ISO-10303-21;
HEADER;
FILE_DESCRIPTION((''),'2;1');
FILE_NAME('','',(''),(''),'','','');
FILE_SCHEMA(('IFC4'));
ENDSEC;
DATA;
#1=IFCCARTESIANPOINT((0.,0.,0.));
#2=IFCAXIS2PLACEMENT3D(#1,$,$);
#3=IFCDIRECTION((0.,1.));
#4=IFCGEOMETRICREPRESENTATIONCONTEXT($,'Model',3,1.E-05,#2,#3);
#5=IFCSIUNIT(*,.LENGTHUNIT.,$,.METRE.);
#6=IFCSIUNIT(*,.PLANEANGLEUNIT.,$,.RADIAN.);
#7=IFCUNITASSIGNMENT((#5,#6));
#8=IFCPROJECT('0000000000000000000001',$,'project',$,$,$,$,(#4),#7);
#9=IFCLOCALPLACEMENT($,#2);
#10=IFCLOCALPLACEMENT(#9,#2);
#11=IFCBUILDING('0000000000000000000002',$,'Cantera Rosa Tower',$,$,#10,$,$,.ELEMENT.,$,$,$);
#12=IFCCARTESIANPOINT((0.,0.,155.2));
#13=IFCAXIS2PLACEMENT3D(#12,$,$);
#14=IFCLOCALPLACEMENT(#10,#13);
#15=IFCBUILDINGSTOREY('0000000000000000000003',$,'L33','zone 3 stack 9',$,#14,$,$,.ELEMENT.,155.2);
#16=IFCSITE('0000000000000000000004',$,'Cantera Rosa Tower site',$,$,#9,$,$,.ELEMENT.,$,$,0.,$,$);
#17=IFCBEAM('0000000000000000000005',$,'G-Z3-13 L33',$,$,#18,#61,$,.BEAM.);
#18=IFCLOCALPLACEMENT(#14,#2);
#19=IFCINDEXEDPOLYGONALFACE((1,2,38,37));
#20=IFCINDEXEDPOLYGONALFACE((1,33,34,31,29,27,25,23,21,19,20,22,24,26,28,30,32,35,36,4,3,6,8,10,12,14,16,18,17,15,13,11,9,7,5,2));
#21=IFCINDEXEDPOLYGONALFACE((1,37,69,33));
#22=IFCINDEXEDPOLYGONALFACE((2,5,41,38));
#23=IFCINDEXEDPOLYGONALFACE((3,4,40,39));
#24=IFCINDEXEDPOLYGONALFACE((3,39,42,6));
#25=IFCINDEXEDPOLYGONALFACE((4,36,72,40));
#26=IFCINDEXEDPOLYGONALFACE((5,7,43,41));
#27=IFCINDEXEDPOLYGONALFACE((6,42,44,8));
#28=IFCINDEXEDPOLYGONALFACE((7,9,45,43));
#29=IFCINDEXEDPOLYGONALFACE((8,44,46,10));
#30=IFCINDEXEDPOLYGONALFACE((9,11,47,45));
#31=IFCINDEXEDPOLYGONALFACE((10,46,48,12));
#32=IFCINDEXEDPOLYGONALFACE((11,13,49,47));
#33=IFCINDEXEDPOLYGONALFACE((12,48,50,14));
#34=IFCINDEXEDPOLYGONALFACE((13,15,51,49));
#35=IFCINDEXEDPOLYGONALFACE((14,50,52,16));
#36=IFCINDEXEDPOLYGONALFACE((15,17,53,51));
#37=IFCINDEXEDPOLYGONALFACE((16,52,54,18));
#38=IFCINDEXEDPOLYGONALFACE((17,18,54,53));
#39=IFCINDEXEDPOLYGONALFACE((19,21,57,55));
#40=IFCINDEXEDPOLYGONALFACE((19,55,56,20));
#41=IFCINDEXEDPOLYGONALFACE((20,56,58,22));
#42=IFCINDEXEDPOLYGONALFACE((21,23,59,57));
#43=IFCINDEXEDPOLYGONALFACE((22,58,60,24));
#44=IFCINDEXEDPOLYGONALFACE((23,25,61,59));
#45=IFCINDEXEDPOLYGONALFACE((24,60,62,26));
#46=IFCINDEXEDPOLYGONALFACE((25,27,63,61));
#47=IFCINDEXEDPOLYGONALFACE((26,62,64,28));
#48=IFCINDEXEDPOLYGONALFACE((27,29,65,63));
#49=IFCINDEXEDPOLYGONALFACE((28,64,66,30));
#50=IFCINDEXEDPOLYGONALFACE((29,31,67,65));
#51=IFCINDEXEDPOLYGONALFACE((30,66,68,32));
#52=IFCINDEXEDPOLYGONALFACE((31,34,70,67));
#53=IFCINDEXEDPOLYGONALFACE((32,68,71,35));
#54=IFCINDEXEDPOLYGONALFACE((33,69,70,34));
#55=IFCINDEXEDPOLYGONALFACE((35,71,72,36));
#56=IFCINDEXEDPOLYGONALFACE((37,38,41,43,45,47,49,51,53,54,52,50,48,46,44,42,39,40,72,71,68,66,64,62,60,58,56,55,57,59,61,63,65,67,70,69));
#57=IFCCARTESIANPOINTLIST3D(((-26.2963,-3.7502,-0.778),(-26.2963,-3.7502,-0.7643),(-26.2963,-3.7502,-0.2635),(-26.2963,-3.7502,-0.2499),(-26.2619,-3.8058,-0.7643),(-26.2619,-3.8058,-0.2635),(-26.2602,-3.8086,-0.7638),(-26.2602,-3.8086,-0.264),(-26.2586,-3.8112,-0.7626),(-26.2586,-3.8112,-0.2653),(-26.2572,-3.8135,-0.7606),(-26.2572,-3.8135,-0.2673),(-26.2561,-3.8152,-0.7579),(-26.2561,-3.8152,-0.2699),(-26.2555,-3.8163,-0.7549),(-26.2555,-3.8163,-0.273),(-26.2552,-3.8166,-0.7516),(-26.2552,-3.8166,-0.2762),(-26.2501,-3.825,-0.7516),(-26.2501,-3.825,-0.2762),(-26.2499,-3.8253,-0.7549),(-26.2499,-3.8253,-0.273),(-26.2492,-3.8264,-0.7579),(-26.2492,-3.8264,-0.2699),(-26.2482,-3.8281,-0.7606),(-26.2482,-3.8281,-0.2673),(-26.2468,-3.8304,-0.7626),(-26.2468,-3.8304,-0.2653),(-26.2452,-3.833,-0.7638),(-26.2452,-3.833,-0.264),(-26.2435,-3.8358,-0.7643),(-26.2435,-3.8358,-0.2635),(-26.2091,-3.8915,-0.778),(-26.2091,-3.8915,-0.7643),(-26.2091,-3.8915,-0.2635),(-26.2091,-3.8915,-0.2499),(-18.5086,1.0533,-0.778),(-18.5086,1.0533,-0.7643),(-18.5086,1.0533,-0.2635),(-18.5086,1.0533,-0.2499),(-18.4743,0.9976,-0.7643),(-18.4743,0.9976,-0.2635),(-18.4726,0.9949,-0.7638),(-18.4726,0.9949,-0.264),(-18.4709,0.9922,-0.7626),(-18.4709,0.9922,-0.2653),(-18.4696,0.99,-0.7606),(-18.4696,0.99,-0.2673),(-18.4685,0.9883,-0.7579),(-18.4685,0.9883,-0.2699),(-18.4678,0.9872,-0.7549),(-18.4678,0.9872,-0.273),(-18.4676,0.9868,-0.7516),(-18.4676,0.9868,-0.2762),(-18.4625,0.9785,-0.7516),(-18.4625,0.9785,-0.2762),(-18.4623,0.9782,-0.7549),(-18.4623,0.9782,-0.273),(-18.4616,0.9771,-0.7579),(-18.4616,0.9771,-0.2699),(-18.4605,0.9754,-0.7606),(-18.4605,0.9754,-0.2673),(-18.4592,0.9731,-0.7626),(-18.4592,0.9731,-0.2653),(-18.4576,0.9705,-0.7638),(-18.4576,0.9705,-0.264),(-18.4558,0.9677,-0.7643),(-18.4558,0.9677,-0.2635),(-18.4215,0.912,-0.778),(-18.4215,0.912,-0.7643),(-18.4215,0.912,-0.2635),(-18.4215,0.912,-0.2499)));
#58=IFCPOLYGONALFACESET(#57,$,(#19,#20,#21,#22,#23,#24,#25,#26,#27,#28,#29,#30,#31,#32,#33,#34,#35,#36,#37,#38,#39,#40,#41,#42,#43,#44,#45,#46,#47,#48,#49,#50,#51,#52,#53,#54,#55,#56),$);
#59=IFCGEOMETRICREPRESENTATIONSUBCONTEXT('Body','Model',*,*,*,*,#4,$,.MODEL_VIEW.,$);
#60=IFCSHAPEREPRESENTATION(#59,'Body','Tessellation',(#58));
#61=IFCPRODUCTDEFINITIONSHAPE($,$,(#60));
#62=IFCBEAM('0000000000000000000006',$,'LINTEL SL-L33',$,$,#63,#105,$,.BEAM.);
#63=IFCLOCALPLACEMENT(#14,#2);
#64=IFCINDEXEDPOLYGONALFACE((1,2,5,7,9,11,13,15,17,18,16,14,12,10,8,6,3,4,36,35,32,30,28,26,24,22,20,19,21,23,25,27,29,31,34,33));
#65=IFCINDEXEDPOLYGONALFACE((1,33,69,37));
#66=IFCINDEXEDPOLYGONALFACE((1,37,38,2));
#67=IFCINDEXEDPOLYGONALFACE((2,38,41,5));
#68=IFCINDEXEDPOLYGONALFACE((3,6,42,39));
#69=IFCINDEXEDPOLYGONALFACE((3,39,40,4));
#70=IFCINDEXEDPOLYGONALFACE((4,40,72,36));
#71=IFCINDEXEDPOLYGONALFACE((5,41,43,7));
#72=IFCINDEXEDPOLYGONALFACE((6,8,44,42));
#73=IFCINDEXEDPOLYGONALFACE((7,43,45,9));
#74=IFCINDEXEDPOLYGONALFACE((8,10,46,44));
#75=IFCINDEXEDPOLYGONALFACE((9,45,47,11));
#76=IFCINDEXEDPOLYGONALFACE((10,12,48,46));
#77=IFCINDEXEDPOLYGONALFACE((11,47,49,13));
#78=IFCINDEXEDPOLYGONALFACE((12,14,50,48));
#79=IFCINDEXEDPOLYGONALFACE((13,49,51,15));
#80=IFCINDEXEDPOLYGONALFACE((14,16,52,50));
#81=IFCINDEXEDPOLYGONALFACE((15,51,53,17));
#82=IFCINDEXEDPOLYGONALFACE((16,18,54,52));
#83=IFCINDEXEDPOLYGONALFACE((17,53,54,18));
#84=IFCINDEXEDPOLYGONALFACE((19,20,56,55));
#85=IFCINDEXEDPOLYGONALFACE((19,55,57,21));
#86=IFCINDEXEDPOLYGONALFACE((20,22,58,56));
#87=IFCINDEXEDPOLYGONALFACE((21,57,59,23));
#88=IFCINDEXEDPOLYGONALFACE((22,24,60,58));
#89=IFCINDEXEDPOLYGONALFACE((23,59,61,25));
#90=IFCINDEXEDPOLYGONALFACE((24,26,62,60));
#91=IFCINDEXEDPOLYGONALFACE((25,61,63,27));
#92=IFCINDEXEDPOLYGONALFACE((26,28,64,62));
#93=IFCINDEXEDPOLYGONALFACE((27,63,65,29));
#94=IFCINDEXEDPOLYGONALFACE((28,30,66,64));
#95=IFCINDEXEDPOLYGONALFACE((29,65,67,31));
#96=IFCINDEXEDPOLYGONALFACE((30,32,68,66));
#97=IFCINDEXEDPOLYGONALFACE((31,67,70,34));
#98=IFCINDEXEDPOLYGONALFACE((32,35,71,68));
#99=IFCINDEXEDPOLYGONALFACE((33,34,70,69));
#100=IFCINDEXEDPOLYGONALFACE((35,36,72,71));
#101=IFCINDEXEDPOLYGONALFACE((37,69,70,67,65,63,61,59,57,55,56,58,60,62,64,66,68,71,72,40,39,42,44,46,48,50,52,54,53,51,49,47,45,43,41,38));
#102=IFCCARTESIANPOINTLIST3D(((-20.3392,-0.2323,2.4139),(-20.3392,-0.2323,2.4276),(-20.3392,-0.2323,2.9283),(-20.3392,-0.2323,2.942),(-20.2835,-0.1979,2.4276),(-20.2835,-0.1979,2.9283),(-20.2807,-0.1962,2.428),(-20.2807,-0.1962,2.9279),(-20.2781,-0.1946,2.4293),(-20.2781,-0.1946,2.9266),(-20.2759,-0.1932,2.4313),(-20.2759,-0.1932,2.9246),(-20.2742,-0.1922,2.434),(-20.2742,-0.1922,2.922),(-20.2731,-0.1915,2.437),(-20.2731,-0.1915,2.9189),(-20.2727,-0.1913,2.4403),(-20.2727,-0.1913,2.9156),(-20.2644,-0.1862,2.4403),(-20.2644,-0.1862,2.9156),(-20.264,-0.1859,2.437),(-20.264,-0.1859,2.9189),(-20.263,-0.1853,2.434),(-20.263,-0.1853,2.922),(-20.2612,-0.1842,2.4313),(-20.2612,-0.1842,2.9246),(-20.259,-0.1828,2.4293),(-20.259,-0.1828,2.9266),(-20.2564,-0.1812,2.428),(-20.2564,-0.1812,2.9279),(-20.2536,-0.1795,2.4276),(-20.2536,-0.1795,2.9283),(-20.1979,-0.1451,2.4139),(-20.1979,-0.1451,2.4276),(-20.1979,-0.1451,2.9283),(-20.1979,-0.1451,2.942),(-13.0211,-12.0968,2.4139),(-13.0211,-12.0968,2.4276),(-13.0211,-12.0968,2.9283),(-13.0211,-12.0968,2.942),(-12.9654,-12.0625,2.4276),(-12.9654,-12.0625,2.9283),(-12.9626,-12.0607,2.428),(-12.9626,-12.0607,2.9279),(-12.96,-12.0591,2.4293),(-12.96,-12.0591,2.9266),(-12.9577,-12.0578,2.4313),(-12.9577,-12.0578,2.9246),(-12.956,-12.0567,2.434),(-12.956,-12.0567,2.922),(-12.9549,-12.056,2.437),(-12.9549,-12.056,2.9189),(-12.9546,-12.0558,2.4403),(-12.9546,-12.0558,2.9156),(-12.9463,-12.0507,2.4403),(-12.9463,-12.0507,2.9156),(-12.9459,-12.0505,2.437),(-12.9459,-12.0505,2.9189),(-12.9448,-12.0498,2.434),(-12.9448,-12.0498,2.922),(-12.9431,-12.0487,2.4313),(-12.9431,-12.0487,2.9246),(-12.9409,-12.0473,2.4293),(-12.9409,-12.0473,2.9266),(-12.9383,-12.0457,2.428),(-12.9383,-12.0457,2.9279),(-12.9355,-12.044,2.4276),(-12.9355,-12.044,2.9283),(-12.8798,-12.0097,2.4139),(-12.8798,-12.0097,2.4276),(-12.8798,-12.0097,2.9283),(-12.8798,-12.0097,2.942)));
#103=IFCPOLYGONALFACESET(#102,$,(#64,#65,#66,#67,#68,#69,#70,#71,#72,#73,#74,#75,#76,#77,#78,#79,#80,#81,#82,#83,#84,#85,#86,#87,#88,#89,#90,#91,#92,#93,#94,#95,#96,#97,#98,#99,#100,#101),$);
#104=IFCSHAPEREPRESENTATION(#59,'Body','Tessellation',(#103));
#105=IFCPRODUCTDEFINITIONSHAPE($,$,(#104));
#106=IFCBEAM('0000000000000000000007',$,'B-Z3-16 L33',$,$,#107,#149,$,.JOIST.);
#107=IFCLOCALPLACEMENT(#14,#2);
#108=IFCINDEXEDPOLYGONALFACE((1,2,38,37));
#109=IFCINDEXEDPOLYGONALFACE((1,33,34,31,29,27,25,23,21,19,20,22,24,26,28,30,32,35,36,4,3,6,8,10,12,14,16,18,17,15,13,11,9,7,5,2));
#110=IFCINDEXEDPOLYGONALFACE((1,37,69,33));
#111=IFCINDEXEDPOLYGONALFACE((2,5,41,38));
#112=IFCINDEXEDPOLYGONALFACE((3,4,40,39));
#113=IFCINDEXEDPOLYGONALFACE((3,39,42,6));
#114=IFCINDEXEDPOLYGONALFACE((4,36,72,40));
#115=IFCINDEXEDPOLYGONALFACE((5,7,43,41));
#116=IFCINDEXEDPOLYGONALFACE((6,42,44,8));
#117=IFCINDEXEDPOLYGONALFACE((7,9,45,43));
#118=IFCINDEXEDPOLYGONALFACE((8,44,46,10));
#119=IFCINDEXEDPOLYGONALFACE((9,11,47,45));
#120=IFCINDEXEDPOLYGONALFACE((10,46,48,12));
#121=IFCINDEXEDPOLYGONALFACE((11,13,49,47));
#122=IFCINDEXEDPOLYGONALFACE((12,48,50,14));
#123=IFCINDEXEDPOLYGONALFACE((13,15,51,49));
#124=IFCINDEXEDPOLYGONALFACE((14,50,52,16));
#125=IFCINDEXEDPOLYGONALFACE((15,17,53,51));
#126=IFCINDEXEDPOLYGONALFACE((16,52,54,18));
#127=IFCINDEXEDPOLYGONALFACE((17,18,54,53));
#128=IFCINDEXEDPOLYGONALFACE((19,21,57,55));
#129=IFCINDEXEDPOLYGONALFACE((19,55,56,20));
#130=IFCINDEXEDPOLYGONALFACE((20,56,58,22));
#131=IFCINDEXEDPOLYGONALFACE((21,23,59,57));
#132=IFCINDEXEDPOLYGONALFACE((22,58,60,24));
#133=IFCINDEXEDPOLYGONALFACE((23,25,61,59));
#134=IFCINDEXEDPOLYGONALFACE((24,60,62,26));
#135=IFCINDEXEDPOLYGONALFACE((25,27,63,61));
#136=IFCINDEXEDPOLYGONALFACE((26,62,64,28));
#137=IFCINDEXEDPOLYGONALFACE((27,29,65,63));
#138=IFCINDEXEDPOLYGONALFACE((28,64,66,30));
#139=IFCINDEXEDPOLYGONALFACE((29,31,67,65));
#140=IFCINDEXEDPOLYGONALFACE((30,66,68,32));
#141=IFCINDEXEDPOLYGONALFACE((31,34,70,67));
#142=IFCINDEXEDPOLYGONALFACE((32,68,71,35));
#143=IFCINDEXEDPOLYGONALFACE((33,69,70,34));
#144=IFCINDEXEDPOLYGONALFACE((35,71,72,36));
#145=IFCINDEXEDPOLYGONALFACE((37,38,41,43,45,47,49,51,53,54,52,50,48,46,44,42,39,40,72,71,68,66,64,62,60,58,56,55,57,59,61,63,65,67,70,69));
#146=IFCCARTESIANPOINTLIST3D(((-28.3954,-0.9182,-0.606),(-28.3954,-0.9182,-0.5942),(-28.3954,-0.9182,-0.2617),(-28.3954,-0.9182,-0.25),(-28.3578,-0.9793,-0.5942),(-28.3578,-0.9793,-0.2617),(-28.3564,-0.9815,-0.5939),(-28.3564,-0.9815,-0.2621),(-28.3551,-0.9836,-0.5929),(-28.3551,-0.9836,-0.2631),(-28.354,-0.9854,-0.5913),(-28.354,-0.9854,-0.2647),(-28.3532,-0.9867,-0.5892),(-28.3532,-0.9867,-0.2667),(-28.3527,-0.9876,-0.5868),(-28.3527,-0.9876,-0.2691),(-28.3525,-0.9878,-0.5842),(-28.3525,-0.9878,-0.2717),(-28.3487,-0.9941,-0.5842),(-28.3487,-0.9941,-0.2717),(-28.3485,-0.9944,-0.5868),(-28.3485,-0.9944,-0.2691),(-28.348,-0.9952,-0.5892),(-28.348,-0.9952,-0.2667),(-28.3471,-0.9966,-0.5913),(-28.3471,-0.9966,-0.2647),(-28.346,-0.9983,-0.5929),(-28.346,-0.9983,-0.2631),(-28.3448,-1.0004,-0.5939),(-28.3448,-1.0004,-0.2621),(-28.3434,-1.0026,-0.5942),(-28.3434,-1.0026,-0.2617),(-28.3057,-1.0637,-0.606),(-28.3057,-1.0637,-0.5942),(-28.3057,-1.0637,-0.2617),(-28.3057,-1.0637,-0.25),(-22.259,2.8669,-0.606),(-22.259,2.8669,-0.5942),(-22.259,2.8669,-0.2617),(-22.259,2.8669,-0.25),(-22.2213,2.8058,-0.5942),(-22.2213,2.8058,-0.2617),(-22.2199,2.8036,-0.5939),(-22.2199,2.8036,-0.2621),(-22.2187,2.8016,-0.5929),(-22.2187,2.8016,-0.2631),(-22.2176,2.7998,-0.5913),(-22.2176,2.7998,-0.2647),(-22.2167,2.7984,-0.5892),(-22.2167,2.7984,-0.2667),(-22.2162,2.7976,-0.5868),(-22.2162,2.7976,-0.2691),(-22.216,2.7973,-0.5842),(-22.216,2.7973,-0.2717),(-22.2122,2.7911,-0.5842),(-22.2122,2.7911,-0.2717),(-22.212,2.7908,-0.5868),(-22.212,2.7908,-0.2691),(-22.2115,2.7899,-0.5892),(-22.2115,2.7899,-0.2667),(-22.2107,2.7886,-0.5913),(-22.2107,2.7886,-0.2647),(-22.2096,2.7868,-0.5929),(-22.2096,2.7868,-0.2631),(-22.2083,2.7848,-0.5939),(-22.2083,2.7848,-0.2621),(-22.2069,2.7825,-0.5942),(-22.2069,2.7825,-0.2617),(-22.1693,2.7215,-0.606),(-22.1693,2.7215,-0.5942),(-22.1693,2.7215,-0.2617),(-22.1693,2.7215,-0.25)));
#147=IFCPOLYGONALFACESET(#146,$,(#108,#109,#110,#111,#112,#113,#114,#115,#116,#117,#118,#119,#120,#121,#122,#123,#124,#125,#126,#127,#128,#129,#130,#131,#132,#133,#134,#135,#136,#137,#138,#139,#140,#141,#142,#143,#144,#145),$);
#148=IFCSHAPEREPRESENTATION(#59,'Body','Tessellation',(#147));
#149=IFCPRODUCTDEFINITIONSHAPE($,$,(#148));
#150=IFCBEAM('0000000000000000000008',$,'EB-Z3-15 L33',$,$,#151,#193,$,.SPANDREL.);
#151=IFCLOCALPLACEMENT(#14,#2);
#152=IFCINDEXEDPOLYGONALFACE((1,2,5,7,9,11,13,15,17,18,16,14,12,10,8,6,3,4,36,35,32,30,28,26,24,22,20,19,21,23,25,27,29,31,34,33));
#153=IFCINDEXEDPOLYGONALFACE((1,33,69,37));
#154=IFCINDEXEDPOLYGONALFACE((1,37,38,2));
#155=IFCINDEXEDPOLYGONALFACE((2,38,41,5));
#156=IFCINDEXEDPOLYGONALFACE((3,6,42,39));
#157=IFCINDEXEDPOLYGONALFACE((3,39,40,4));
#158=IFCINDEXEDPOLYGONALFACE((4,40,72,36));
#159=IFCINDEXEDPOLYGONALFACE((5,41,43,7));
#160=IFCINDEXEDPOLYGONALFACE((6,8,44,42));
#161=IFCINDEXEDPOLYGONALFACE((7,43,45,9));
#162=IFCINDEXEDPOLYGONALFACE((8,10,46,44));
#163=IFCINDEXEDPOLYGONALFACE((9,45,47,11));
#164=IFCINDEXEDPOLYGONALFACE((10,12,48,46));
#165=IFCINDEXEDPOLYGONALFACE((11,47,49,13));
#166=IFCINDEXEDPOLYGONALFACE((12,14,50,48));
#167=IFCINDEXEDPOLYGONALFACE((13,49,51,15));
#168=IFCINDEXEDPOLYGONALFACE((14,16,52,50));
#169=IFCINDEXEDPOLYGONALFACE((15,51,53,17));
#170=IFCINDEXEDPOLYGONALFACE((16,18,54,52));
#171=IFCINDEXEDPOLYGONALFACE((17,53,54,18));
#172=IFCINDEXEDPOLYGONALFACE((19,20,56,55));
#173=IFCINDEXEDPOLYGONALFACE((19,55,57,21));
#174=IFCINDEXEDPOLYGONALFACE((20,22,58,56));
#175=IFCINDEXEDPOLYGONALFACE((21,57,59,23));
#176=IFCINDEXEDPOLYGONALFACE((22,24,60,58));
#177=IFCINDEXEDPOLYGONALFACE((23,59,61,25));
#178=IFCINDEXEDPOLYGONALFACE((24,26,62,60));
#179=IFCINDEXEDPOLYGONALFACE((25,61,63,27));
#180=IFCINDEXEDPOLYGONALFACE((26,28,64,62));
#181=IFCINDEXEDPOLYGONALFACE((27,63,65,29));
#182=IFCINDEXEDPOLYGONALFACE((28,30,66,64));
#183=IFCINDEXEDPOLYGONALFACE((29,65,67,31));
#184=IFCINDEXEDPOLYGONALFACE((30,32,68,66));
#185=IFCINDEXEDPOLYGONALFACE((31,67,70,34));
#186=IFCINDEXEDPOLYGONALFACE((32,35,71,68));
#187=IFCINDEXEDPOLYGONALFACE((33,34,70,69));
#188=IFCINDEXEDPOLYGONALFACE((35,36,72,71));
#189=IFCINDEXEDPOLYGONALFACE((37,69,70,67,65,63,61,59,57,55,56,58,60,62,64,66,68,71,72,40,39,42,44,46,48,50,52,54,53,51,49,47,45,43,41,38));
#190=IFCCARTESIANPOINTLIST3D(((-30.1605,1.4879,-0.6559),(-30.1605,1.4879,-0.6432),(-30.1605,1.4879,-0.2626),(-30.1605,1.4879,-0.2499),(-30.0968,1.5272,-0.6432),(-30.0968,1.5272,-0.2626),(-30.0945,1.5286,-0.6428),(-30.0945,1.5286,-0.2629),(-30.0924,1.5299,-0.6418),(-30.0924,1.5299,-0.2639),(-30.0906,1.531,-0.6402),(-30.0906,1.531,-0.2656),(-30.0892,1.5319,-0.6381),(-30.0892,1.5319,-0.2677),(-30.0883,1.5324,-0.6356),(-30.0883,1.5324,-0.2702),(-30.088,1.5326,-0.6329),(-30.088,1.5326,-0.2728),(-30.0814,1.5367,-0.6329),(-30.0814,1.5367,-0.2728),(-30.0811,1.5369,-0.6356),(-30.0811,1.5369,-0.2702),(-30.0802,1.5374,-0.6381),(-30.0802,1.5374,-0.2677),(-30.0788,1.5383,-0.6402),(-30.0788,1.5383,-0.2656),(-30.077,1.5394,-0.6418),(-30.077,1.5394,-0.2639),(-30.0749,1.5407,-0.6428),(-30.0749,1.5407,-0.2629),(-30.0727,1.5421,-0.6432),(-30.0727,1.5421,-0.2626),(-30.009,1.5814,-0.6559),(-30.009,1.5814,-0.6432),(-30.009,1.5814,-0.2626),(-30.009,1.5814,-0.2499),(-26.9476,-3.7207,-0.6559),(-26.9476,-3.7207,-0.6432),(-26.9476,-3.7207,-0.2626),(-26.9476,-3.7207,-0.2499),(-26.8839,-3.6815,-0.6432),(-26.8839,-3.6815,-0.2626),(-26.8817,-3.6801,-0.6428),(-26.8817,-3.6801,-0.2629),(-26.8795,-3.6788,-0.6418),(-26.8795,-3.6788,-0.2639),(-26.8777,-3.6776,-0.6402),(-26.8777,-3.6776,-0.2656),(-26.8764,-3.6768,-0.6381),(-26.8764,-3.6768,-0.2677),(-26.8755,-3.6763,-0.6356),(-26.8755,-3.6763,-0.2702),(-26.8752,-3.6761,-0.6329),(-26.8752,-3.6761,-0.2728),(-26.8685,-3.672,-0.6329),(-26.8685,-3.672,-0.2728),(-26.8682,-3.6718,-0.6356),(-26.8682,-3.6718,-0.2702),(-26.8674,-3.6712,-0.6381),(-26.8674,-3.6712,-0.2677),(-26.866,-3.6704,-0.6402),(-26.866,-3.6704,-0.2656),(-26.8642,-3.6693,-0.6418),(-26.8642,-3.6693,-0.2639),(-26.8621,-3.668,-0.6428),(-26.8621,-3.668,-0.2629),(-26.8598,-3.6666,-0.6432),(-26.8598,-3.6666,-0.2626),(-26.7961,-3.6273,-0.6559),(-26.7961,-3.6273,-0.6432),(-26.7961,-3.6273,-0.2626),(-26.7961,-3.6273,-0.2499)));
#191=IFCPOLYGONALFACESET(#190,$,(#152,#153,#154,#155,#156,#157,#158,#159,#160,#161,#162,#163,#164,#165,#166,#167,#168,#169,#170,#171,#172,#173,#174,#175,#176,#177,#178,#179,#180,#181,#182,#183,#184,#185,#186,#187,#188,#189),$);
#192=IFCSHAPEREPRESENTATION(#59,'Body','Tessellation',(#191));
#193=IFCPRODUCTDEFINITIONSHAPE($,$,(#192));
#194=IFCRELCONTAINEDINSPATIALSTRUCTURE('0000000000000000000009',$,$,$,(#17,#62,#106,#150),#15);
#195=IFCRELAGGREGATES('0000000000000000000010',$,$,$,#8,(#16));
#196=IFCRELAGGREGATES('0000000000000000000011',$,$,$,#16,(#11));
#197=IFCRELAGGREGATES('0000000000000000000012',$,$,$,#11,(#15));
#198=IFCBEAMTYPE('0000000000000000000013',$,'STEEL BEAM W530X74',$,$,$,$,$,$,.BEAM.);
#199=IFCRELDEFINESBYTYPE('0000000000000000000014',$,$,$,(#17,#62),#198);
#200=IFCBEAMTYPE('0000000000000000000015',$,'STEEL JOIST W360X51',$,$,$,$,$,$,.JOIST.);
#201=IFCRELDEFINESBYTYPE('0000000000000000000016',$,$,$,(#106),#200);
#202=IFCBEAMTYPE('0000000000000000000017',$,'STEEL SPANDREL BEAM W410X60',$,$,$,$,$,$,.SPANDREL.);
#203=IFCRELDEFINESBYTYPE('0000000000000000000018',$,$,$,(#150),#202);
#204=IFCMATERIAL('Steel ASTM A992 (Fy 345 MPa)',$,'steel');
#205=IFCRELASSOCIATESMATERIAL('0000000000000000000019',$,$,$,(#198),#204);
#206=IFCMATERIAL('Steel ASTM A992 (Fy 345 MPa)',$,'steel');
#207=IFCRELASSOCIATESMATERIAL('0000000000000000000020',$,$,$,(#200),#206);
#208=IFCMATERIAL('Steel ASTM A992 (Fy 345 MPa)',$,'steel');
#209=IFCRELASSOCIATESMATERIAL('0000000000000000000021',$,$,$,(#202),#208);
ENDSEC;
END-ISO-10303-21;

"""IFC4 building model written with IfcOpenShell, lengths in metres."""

from ifc_helpers import new_model, si_unit, direction, frame, origin, origin_2d, place, context, subcontext, project, spatial, i_section, extrude, material, material_profile, profile_set, type_object, element, save


model = new_model("IFC4")

# Units and contexts
model_context = context("Model", 3, precision=1e-05, world=origin(), true_north=direction((0.0, 1.0)))
body_context = subcontext(model_context, "Body", "Model", "MODEL_VIEW")
ifc_project = project(units=[si_unit("LENGTHUNIT", "METRE"), si_unit("PLANEANGLEUNIT", "RADIAN")], contexts=[model_context])

# Site, building, storey
site_placement = place(None, origin())
site = spatial("IfcSite", under=ifc_project, at=site_placement, Name="Cantera Rosa Tower site", CompositionType="ELEMENT", RefElevation=0.0)
building_placement = place(site_placement, origin())
building = spatial("IfcBuilding", under=site, at=building_placement, Name="Cantera Rosa Tower", CompositionType="ELEMENT")
storey_placement = place(building_placement, frame((0.0, 0.0, 155.2)))
storey = spatial("IfcBuildingStorey", under=building, at=storey_placement, Name="L33", Description="zone 3 stack 9", CompositionType="ELEMENT", Elevation=155.2)

# Beams
ifc_material_1 = material(Name="Steel ASTM A992 (Fy 345 MPa)", Category="steel")
ifc_material_profile_1 = material_profile(ifc_material_1, i_section(OverallWidth=0.166, OverallDepth=0.5281, WebThickness=0.0098, FlangeThickness=0.0137, FilletRadius=0.0127, at=origin_2d()), Name="W530X74")
ifc_profile_set_1 = profile_set([ifc_material_profile_1], Name="Steel ASTM A992 (Fy 345 MPa)")
beam_type_1 = type_object("IfcBeamType", Name="STEEL BEAM W530X74", PredefinedType="BEAM", material=ifc_profile_set_1)
beam_1_placement = place(storey_placement, frame((-26.2527, -3.8208, -0.5139), z_axis=(0.851116, 0.524977, 0.0), x_axis=(-0.524977, 0.851116, 0.0)))
element("IfcBeam", 1, at=beam_1_placement, inside=storey, type_object=beam_type_1, Name="G-Z3-13 L33", PredefinedType="BEAM", context=body_context, shape_type="SweptSolid", body=[
    extrude(i_section(OverallWidth=0.166, OverallDepth=0.5281, WebThickness=0.0098, FlangeThickness=0.0137, FilletRadius=0.0127, at=origin_2d()), origin(), (0.0, 0.0, 1.0), 9.1499),
])
beam_2_placement = place(storey_placement, frame((-20.2686, -0.1887, 2.678), z_axis=(0.524976, -0.851117, 0.0), x_axis=(0.851117, 0.524976, 0.0)))
element("IfcBeam", 2, at=beam_2_placement, inside=storey, type_object=beam_type_1, Name="LINTEL SL-L33", PredefinedType="BEAM", context=body_context, shape_type="SweptSolid", body=[
    extrude(i_section(OverallWidth=0.166, OverallDepth=0.5281, WebThickness=0.0098, FlangeThickness=0.0137, FilletRadius=0.0127, at=origin_2d()), origin(), (0.0, 0.0, 1.0), 13.9399),
])
ifc_material_2 = material(Name="Steel ASTM A992 (Fy 345 MPa)", Category="steel")
ifc_material_profile_2 = material_profile(ifc_material_2, i_section(OverallWidth=0.1709, OverallDepth=0.356, WebThickness=0.0073, FlangeThickness=0.0117, FilletRadius=0.01, at=origin_2d()), Name="W360X51")
ifc_profile_set_2 = profile_set([ifc_material_profile_2], Name="Steel ASTM A992 (Fy 345 MPa)")
beam_type_2 = type_object("IfcBeamType", Name="STEEL JOIST W360X51", PredefinedType="JOIST", material=ifc_profile_set_2)
beam_3_placement = place(storey_placement, frame((-28.3506, -0.991, -0.428), z_axis=(0.851109, 0.524989, 0.0), x_axis=(-0.524989, 0.851109, 0.0)))
element("IfcBeam", 3, at=beam_3_placement, inside=storey, type_object=beam_type_2, Name="B-Z3-16 L33", PredefinedType="JOIST", context=body_context, shape_type="SweptSolid", body=[
    extrude(i_section(OverallWidth=0.1709, OverallDepth=0.356, WebThickness=0.0073, FlangeThickness=0.0117, FilletRadius=0.01, at=origin_2d()), origin(), (0.0, 0.0, 1.0), 7.21),
])
ifc_material_3 = material(Name="Steel ASTM A992 (Fy 345 MPa)", Category="steel")
ifc_material_profile_3 = material_profile(ifc_material_3, i_section(OverallWidth=0.178, OverallDepth=0.406, WebThickness=0.0078, FlangeThickness=0.0127, FilletRadius=0.0103, at=origin_2d()), Name="W410X60")
ifc_profile_set_3 = profile_set([ifc_material_profile_3], Name="Steel ASTM A992 (Fy 345 MPa)")
beam_type_3 = type_object("IfcBeamType", Name="STEEL SPANDREL BEAM W410X60", PredefinedType="SPANDREL", material=ifc_profile_set_3)
for number, where, z_axis, x_axis, name in (
    (4, (-30.0847, 1.5347, -0.4529), (0.524987, -0.85111, 0.0), (0.85111, 0.524987, 0.0), "EB-Z3-15 L33"),
):
    element("IfcBeam", number, at=place(storey_placement, frame(where, z_axis=z_axis, x_axis=x_axis)), inside=storey, type_object=beam_type_3, Name=name, PredefinedType="SPANDREL", context=body_context, shape_type="SweptSolid", body=[
        extrude(i_section(OverallWidth=0.178, OverallDepth=0.406, WebThickness=0.0078, FlangeThickness=0.0127, FilletRadius=0.0103, at=origin_2d()), origin(), (0.0, 0.0, 1.0), 6.1199),
    ])

save(model, "model.ifc")
